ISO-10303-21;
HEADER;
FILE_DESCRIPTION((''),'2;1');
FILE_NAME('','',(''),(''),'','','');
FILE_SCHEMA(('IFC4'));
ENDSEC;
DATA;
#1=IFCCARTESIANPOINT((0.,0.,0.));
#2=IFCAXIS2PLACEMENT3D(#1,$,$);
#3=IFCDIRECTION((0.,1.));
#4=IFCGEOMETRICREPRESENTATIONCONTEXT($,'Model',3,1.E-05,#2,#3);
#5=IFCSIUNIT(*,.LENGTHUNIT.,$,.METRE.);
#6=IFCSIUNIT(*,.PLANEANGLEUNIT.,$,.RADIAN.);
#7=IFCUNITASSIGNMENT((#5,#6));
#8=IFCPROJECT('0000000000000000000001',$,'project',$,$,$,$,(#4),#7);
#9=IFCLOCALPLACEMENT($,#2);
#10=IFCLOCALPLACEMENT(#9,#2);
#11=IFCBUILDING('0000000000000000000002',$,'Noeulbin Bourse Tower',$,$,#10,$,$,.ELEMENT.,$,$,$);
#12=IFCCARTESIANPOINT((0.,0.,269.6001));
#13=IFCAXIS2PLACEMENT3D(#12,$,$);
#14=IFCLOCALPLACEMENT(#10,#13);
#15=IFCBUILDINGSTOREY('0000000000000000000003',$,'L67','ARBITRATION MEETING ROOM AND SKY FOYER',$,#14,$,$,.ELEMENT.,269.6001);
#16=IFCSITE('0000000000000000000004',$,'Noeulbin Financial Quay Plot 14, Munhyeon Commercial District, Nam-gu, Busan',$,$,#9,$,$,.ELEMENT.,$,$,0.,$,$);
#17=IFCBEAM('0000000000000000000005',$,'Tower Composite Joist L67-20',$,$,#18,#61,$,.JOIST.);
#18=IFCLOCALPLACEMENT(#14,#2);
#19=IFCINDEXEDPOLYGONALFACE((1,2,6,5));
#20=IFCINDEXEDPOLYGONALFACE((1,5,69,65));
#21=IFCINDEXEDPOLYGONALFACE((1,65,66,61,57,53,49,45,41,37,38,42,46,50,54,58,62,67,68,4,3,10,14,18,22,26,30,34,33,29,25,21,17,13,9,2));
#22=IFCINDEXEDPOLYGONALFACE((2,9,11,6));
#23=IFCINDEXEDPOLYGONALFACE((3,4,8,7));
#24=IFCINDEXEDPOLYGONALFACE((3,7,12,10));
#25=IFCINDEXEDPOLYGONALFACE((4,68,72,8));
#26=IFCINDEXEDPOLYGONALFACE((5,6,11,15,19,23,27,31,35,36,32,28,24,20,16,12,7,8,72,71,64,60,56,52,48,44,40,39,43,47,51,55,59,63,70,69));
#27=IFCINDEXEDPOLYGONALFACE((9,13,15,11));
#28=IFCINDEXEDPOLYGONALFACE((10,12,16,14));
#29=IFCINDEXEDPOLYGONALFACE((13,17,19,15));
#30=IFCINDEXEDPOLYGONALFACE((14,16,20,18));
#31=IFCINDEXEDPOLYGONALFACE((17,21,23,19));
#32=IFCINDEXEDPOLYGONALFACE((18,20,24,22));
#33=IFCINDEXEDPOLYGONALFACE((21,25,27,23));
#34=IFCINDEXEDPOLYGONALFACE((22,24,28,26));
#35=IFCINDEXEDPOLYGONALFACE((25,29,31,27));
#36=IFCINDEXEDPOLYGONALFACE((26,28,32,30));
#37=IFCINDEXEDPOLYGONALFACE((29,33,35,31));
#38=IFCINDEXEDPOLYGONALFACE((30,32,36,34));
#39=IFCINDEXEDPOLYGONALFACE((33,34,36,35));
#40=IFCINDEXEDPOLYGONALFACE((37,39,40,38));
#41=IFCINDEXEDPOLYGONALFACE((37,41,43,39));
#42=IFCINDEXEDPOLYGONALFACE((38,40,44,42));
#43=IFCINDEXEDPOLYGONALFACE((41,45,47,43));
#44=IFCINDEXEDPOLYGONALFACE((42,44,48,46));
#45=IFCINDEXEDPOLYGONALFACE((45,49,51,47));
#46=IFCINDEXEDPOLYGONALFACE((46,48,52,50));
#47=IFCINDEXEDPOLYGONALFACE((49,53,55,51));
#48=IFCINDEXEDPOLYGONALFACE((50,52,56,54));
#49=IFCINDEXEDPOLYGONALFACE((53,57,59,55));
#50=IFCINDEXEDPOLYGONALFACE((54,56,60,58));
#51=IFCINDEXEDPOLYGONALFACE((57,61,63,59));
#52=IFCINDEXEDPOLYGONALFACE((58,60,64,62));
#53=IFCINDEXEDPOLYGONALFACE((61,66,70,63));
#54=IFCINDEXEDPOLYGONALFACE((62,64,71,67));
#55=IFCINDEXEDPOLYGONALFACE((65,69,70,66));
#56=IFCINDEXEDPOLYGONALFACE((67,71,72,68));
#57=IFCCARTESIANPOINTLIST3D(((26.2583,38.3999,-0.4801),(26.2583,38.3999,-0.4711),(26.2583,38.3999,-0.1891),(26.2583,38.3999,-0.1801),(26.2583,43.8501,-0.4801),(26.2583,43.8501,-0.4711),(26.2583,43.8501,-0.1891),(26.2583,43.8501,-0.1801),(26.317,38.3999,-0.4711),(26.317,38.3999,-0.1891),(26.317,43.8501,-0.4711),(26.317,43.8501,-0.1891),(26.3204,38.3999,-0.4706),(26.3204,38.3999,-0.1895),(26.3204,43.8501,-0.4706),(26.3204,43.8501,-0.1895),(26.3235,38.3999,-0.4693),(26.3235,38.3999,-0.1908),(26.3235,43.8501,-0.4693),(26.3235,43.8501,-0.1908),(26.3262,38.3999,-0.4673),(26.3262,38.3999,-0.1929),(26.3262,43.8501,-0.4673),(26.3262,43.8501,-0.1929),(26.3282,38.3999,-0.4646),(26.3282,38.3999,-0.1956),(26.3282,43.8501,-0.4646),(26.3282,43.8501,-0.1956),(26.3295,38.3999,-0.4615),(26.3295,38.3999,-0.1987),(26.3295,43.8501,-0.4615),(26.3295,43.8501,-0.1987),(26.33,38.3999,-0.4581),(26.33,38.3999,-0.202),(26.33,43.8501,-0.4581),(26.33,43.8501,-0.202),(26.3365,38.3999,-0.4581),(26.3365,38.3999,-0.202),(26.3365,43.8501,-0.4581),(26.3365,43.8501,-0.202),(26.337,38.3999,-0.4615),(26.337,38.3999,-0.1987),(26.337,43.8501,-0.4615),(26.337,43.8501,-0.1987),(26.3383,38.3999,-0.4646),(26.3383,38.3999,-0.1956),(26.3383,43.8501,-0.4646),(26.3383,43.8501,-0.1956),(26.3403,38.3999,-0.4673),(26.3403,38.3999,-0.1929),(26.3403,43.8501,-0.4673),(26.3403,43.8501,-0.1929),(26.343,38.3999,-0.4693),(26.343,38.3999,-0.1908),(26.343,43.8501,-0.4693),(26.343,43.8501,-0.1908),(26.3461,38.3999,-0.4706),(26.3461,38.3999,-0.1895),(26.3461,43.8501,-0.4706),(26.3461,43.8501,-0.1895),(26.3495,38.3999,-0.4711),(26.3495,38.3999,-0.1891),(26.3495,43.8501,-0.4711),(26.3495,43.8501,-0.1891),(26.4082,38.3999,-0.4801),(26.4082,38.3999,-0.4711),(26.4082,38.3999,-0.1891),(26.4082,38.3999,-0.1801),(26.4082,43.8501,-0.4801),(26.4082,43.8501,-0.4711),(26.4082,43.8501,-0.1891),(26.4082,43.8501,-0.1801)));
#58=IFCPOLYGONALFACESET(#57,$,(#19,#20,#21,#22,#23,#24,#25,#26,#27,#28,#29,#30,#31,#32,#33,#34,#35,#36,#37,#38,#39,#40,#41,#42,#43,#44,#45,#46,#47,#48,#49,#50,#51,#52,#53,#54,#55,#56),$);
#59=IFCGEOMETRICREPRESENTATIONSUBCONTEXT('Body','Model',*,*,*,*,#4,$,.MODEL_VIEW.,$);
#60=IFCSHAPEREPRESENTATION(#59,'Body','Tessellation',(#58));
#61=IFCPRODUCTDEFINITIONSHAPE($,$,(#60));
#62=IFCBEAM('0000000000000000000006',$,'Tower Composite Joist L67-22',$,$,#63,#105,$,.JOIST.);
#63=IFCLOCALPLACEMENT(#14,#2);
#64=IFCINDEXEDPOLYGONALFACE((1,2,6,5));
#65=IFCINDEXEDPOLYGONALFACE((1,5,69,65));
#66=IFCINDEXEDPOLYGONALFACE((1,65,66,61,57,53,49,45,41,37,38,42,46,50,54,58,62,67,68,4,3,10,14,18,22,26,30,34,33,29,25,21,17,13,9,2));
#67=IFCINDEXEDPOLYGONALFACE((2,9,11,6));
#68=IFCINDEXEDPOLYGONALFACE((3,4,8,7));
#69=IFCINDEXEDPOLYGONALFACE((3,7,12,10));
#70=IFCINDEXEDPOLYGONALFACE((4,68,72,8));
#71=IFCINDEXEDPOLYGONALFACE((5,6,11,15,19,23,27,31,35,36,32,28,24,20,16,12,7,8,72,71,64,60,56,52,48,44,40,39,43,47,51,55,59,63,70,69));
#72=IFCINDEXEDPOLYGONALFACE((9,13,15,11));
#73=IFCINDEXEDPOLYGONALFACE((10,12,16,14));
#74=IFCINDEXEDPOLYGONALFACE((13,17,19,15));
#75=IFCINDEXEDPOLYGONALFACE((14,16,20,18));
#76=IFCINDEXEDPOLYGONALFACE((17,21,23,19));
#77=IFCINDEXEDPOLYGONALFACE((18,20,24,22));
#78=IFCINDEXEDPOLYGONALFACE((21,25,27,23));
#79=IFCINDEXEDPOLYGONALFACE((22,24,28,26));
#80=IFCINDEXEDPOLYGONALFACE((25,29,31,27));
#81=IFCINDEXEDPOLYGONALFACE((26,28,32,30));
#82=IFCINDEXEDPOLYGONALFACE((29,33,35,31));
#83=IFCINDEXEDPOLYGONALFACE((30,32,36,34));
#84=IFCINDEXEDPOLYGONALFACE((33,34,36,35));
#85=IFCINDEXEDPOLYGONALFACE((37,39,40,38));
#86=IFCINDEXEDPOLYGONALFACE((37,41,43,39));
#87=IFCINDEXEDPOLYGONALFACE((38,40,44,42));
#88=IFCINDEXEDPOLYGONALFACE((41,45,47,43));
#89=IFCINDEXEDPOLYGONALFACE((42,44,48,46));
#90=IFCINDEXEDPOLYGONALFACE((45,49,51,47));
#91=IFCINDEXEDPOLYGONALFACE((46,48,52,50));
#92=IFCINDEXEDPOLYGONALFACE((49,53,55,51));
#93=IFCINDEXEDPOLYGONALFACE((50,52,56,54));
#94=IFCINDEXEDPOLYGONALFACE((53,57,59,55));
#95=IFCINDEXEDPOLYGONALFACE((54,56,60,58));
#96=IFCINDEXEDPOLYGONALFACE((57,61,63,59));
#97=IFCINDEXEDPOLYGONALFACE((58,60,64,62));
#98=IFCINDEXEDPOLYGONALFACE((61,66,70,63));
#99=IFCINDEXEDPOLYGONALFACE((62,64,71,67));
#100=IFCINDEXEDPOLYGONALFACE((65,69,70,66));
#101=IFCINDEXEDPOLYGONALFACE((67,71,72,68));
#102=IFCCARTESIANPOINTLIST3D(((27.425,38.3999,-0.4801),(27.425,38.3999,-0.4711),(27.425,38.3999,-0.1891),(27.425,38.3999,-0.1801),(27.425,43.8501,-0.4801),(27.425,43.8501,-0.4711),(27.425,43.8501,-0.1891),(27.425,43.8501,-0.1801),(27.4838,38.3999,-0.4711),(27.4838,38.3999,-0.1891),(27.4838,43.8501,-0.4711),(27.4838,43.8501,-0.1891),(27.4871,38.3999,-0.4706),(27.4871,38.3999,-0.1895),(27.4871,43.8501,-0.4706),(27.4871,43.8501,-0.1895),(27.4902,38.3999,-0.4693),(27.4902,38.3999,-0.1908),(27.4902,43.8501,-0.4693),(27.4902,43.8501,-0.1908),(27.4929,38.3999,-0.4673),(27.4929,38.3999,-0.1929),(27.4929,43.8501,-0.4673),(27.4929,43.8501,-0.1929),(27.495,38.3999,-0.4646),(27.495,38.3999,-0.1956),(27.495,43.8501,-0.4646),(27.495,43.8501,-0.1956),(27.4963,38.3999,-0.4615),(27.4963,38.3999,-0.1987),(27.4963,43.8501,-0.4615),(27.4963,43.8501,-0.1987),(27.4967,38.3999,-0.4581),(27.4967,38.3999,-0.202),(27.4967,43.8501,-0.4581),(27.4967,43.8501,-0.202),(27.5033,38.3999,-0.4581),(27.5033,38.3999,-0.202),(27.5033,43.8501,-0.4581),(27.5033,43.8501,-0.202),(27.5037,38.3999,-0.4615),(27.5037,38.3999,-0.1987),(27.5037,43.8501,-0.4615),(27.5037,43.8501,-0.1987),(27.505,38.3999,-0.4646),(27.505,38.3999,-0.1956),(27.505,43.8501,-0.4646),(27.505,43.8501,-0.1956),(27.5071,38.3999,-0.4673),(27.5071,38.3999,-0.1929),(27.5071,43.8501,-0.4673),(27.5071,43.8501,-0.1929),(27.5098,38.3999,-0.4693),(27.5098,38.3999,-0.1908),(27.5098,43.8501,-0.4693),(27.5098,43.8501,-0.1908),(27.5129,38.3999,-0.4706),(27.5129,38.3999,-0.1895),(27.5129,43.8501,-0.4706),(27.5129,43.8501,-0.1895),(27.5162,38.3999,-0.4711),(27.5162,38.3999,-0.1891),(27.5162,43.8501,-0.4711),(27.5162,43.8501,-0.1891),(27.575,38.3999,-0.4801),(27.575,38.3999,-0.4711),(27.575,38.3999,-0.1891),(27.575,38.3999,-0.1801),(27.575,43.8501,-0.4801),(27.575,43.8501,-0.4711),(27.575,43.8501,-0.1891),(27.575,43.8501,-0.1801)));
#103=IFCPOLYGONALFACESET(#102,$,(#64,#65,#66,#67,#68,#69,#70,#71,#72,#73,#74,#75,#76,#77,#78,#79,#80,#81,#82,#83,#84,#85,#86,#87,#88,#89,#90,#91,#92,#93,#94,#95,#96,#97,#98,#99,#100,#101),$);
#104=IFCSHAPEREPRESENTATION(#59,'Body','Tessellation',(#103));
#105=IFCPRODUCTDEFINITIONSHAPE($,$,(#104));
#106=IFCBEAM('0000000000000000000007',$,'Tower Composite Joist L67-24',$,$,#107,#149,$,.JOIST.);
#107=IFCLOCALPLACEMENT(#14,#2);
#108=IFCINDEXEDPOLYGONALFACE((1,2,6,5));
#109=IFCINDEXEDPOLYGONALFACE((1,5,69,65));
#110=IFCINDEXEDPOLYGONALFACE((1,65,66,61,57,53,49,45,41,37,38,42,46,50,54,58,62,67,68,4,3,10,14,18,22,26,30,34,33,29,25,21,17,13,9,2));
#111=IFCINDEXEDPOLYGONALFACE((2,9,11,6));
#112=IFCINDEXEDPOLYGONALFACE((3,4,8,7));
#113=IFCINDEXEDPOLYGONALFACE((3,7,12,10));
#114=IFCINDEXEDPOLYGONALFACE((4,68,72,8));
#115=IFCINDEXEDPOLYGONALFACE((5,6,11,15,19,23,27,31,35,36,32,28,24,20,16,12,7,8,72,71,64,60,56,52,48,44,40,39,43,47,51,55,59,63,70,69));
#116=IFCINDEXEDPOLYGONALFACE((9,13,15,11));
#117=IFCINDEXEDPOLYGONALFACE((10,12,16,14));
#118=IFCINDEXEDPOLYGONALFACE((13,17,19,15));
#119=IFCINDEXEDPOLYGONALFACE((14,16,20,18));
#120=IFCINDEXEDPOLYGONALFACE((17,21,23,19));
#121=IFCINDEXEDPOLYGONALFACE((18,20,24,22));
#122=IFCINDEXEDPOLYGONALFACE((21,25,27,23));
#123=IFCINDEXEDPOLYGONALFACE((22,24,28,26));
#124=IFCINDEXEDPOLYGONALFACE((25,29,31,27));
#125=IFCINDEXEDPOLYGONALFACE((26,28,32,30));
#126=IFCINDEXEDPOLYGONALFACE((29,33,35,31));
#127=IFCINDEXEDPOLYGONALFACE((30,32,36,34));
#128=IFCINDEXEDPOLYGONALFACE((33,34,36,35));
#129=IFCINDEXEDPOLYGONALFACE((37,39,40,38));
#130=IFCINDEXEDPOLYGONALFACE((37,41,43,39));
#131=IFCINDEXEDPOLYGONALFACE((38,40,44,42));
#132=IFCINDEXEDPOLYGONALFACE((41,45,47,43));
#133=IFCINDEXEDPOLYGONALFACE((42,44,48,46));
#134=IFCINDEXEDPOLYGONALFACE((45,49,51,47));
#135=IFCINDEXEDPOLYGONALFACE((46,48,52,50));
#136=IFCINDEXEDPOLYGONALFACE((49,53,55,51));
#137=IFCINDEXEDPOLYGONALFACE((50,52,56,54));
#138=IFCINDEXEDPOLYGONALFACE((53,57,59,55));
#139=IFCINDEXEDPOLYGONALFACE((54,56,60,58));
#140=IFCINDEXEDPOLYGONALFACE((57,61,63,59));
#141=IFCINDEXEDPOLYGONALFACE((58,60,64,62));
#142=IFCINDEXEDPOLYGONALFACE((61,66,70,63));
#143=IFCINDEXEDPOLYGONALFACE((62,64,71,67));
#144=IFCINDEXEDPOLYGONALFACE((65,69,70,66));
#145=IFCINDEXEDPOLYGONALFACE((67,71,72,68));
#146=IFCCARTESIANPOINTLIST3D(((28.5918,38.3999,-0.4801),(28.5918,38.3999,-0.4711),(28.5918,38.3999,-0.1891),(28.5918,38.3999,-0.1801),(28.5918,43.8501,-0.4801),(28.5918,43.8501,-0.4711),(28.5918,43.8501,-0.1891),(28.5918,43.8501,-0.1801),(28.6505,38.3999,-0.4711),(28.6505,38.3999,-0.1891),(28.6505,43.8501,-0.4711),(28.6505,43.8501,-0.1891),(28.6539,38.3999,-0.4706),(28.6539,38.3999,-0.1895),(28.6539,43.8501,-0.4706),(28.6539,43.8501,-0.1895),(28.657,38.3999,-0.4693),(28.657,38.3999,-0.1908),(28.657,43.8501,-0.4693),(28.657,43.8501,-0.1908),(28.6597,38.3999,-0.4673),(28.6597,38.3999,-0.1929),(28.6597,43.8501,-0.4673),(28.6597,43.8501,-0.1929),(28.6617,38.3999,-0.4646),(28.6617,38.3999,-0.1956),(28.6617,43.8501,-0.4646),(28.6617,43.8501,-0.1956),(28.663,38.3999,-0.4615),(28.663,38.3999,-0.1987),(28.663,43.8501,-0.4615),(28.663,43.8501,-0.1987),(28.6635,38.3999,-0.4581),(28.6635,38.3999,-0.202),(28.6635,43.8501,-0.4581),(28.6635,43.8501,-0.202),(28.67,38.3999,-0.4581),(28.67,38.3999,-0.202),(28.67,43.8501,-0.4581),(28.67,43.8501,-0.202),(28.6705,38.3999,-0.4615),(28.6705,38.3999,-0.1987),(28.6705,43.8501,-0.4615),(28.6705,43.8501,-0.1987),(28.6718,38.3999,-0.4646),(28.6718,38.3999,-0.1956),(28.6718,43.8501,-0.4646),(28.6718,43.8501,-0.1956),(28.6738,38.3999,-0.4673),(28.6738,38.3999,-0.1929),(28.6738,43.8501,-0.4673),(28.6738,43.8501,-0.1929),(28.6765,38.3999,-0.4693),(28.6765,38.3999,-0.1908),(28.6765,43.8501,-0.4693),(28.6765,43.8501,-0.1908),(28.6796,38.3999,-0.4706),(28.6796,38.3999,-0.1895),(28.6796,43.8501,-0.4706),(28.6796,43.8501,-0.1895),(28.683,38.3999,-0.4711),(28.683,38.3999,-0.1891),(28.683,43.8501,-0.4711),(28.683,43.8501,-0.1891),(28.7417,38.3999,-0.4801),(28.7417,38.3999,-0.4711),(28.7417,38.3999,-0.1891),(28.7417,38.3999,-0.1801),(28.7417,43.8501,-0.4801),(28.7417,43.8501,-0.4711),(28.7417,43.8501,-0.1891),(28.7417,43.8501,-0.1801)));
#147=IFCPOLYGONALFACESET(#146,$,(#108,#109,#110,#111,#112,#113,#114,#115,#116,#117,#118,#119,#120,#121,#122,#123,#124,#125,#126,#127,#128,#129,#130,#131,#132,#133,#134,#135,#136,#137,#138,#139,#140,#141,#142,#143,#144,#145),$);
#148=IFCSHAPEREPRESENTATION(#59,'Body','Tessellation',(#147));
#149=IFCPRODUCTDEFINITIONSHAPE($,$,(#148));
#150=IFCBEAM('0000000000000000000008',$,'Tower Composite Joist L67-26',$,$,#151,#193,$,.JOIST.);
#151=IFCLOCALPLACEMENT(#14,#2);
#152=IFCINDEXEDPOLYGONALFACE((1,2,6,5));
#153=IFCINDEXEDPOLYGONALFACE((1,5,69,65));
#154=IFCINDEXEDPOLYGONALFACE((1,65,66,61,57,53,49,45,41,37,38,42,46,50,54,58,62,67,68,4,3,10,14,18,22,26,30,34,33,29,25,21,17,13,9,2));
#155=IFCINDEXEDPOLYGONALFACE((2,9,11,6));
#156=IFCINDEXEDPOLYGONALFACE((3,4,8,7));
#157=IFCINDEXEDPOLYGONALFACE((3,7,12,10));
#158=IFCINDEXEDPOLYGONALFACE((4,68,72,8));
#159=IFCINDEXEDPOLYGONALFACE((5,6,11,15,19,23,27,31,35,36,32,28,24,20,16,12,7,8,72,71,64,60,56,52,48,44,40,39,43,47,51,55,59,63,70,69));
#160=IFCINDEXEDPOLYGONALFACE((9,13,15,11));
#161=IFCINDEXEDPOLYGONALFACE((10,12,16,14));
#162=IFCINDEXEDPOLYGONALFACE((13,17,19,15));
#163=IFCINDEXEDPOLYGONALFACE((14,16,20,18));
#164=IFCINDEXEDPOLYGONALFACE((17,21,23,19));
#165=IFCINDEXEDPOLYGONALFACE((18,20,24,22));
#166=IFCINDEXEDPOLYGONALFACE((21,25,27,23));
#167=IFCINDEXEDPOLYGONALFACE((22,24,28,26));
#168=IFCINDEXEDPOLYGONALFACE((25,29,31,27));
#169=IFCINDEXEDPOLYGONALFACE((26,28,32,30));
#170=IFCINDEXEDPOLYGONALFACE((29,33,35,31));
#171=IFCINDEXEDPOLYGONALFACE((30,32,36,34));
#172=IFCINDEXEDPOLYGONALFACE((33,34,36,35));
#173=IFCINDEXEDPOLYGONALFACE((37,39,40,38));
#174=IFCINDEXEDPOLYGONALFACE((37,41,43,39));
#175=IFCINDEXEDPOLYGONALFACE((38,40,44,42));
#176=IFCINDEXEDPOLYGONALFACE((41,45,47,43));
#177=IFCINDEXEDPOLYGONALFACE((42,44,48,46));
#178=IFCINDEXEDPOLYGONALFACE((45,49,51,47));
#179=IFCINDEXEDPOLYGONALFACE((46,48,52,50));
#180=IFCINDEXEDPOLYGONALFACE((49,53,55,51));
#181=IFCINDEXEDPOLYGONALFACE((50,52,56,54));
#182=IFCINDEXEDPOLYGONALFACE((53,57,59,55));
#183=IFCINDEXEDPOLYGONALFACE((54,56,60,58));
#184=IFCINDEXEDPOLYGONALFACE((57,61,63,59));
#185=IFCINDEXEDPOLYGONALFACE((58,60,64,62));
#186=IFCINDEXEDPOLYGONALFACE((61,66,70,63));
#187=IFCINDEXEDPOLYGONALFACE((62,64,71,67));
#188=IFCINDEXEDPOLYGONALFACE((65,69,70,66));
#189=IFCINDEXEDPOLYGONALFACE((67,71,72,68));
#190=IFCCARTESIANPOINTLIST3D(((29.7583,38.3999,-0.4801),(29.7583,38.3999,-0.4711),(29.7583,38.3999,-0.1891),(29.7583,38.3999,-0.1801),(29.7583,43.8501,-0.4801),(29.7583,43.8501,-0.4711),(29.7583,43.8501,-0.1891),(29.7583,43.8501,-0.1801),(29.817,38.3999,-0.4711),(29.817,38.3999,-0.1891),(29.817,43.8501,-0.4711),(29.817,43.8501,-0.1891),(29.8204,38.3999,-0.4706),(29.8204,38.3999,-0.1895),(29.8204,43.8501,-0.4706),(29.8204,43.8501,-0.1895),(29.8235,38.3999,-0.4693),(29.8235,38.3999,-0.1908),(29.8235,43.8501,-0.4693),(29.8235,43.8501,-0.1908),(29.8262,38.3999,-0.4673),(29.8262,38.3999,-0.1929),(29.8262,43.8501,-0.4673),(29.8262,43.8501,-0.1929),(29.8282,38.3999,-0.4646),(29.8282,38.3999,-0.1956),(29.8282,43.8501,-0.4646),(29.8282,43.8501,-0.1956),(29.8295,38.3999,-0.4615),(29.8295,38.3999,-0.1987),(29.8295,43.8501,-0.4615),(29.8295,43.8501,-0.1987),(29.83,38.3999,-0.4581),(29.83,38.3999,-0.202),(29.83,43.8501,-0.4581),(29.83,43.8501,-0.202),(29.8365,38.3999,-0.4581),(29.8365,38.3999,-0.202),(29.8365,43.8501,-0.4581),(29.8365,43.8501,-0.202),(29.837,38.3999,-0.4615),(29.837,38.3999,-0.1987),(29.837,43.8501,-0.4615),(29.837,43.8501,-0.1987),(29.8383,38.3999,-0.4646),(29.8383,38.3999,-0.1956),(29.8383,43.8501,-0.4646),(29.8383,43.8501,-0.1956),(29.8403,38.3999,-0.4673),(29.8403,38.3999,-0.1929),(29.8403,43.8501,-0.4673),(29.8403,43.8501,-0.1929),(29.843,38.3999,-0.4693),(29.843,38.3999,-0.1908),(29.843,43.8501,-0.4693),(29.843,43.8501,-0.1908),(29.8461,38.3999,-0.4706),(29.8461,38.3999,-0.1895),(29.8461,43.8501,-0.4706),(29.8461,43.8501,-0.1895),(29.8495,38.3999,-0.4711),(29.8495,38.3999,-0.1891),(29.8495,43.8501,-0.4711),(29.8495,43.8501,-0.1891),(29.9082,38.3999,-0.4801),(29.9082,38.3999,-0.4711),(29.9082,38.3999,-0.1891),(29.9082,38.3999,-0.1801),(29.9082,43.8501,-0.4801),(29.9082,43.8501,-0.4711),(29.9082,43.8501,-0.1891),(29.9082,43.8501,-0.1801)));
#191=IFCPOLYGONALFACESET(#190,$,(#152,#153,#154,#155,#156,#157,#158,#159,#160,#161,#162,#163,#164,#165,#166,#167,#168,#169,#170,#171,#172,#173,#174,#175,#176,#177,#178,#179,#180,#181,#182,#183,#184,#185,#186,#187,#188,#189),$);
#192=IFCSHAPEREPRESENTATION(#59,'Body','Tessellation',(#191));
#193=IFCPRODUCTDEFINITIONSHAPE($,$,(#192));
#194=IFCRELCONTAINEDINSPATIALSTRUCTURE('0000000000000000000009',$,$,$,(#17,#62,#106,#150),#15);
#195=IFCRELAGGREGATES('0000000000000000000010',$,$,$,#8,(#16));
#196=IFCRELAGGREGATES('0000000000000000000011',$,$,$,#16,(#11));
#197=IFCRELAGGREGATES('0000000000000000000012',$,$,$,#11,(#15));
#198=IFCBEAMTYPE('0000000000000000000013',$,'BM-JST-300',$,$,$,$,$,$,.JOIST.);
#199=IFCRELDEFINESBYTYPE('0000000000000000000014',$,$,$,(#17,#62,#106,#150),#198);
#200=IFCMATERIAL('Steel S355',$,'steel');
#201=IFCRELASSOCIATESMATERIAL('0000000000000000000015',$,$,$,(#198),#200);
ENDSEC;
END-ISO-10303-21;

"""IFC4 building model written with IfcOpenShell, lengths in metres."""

from ifc_helpers import new_model, si_unit, direction, frame, origin, origin_2d, place, context, subcontext, project, spatial, i_section, extrude, material, material_profile, profile_set, type_object, element, save


model = new_model("IFC4")

# Units and contexts
model_context = context("Model", 3, precision=1e-05, world=origin(), true_north=direction((0.0, 1.0)))
body_context = subcontext(model_context, "Body", "Model", "MODEL_VIEW")
ifc_project = project(units=[si_unit("LENGTHUNIT", "METRE"), si_unit("PLANEANGLEUNIT", "RADIAN")], contexts=[model_context])

# Site, building, storey
site_placement = place(None, origin())
site = spatial("IfcSite", under=ifc_project, at=site_placement, Name="Noeulbin Financial Quay Plot 14, Munhyeon Commercial District, Nam-gu, Busan", CompositionType="ELEMENT", RefElevation=0.0)
building_placement = place(site_placement, origin())
building = spatial("IfcBuilding", under=site, at=building_placement, Name="Noeulbin Bourse Tower", CompositionType="ELEMENT")
storey_placement = place(building_placement, frame((0.0, 0.0, 269.6001)))
storey = spatial("IfcBuildingStorey", under=building, at=storey_placement, Name="L67", Description="ARBITRATION MEETING ROOM AND SKY FOYER", CompositionType="ELEMENT", Elevation=269.6001)

# Shared definitions
ifc_material_1 = material(Name="Steel S355", Category="steel")

# Beams
ifc_material_profile_1 = material_profile(ifc_material_1, i_section(OverallWidth=0.1499, OverallDepth=0.3, WebThickness=0.0066, FlangeThickness=0.009, FilletRadius=0.0129, at=origin_2d()), Name="H-300x150x6.5x9", Category="LoadBearing")
ifc_profile_set_1 = profile_set([ifc_material_profile_1], Name="Steel S355")
beam_type_1 = type_object("IfcBeamType", Name="BM-JST-300", PredefinedType="JOIST", material=ifc_profile_set_1)
for number, where, z_axis, x_axis, name in (
    (1, (26.3333, 38.3999, -0.3301), (0.0, 1.0, 0.0), (-1.0, 0.0, 0.0), "Tower Composite Joist L67-20"),
    (2, (27.5, 38.3999, -0.3301), (0.0, 1.0, 0.0), (-1.0, 0.0, 0.0), "Tower Composite Joist L67-22"),
    (3, (28.6667, 38.3999, -0.3301), (0.0, 1.0, 0.0), (-1.0, 0.0, 0.0), "Tower Composite Joist L67-24"),
    (4, (29.8333, 38.3999, -0.3301), (0.0, 1.0, 0.0), (-1.0, 0.0, 0.0), "Tower Composite Joist L67-26"),
):
    element("IfcBeam", number, at=place(storey_placement, frame(where, z_axis=z_axis, x_axis=x_axis)), inside=storey, type_object=beam_type_1, Name=name, PredefinedType="JOIST", context=body_context, shape_type="SweptSolid", body=[
        extrude(i_section(OverallWidth=0.1499, OverallDepth=0.3, WebThickness=0.0066, FlangeThickness=0.009, FilletRadius=0.0129, at=origin_2d()), origin(), (0.0, 0.0, 1.0), 5.4502),
    ])

save(model, "model.ifc")
